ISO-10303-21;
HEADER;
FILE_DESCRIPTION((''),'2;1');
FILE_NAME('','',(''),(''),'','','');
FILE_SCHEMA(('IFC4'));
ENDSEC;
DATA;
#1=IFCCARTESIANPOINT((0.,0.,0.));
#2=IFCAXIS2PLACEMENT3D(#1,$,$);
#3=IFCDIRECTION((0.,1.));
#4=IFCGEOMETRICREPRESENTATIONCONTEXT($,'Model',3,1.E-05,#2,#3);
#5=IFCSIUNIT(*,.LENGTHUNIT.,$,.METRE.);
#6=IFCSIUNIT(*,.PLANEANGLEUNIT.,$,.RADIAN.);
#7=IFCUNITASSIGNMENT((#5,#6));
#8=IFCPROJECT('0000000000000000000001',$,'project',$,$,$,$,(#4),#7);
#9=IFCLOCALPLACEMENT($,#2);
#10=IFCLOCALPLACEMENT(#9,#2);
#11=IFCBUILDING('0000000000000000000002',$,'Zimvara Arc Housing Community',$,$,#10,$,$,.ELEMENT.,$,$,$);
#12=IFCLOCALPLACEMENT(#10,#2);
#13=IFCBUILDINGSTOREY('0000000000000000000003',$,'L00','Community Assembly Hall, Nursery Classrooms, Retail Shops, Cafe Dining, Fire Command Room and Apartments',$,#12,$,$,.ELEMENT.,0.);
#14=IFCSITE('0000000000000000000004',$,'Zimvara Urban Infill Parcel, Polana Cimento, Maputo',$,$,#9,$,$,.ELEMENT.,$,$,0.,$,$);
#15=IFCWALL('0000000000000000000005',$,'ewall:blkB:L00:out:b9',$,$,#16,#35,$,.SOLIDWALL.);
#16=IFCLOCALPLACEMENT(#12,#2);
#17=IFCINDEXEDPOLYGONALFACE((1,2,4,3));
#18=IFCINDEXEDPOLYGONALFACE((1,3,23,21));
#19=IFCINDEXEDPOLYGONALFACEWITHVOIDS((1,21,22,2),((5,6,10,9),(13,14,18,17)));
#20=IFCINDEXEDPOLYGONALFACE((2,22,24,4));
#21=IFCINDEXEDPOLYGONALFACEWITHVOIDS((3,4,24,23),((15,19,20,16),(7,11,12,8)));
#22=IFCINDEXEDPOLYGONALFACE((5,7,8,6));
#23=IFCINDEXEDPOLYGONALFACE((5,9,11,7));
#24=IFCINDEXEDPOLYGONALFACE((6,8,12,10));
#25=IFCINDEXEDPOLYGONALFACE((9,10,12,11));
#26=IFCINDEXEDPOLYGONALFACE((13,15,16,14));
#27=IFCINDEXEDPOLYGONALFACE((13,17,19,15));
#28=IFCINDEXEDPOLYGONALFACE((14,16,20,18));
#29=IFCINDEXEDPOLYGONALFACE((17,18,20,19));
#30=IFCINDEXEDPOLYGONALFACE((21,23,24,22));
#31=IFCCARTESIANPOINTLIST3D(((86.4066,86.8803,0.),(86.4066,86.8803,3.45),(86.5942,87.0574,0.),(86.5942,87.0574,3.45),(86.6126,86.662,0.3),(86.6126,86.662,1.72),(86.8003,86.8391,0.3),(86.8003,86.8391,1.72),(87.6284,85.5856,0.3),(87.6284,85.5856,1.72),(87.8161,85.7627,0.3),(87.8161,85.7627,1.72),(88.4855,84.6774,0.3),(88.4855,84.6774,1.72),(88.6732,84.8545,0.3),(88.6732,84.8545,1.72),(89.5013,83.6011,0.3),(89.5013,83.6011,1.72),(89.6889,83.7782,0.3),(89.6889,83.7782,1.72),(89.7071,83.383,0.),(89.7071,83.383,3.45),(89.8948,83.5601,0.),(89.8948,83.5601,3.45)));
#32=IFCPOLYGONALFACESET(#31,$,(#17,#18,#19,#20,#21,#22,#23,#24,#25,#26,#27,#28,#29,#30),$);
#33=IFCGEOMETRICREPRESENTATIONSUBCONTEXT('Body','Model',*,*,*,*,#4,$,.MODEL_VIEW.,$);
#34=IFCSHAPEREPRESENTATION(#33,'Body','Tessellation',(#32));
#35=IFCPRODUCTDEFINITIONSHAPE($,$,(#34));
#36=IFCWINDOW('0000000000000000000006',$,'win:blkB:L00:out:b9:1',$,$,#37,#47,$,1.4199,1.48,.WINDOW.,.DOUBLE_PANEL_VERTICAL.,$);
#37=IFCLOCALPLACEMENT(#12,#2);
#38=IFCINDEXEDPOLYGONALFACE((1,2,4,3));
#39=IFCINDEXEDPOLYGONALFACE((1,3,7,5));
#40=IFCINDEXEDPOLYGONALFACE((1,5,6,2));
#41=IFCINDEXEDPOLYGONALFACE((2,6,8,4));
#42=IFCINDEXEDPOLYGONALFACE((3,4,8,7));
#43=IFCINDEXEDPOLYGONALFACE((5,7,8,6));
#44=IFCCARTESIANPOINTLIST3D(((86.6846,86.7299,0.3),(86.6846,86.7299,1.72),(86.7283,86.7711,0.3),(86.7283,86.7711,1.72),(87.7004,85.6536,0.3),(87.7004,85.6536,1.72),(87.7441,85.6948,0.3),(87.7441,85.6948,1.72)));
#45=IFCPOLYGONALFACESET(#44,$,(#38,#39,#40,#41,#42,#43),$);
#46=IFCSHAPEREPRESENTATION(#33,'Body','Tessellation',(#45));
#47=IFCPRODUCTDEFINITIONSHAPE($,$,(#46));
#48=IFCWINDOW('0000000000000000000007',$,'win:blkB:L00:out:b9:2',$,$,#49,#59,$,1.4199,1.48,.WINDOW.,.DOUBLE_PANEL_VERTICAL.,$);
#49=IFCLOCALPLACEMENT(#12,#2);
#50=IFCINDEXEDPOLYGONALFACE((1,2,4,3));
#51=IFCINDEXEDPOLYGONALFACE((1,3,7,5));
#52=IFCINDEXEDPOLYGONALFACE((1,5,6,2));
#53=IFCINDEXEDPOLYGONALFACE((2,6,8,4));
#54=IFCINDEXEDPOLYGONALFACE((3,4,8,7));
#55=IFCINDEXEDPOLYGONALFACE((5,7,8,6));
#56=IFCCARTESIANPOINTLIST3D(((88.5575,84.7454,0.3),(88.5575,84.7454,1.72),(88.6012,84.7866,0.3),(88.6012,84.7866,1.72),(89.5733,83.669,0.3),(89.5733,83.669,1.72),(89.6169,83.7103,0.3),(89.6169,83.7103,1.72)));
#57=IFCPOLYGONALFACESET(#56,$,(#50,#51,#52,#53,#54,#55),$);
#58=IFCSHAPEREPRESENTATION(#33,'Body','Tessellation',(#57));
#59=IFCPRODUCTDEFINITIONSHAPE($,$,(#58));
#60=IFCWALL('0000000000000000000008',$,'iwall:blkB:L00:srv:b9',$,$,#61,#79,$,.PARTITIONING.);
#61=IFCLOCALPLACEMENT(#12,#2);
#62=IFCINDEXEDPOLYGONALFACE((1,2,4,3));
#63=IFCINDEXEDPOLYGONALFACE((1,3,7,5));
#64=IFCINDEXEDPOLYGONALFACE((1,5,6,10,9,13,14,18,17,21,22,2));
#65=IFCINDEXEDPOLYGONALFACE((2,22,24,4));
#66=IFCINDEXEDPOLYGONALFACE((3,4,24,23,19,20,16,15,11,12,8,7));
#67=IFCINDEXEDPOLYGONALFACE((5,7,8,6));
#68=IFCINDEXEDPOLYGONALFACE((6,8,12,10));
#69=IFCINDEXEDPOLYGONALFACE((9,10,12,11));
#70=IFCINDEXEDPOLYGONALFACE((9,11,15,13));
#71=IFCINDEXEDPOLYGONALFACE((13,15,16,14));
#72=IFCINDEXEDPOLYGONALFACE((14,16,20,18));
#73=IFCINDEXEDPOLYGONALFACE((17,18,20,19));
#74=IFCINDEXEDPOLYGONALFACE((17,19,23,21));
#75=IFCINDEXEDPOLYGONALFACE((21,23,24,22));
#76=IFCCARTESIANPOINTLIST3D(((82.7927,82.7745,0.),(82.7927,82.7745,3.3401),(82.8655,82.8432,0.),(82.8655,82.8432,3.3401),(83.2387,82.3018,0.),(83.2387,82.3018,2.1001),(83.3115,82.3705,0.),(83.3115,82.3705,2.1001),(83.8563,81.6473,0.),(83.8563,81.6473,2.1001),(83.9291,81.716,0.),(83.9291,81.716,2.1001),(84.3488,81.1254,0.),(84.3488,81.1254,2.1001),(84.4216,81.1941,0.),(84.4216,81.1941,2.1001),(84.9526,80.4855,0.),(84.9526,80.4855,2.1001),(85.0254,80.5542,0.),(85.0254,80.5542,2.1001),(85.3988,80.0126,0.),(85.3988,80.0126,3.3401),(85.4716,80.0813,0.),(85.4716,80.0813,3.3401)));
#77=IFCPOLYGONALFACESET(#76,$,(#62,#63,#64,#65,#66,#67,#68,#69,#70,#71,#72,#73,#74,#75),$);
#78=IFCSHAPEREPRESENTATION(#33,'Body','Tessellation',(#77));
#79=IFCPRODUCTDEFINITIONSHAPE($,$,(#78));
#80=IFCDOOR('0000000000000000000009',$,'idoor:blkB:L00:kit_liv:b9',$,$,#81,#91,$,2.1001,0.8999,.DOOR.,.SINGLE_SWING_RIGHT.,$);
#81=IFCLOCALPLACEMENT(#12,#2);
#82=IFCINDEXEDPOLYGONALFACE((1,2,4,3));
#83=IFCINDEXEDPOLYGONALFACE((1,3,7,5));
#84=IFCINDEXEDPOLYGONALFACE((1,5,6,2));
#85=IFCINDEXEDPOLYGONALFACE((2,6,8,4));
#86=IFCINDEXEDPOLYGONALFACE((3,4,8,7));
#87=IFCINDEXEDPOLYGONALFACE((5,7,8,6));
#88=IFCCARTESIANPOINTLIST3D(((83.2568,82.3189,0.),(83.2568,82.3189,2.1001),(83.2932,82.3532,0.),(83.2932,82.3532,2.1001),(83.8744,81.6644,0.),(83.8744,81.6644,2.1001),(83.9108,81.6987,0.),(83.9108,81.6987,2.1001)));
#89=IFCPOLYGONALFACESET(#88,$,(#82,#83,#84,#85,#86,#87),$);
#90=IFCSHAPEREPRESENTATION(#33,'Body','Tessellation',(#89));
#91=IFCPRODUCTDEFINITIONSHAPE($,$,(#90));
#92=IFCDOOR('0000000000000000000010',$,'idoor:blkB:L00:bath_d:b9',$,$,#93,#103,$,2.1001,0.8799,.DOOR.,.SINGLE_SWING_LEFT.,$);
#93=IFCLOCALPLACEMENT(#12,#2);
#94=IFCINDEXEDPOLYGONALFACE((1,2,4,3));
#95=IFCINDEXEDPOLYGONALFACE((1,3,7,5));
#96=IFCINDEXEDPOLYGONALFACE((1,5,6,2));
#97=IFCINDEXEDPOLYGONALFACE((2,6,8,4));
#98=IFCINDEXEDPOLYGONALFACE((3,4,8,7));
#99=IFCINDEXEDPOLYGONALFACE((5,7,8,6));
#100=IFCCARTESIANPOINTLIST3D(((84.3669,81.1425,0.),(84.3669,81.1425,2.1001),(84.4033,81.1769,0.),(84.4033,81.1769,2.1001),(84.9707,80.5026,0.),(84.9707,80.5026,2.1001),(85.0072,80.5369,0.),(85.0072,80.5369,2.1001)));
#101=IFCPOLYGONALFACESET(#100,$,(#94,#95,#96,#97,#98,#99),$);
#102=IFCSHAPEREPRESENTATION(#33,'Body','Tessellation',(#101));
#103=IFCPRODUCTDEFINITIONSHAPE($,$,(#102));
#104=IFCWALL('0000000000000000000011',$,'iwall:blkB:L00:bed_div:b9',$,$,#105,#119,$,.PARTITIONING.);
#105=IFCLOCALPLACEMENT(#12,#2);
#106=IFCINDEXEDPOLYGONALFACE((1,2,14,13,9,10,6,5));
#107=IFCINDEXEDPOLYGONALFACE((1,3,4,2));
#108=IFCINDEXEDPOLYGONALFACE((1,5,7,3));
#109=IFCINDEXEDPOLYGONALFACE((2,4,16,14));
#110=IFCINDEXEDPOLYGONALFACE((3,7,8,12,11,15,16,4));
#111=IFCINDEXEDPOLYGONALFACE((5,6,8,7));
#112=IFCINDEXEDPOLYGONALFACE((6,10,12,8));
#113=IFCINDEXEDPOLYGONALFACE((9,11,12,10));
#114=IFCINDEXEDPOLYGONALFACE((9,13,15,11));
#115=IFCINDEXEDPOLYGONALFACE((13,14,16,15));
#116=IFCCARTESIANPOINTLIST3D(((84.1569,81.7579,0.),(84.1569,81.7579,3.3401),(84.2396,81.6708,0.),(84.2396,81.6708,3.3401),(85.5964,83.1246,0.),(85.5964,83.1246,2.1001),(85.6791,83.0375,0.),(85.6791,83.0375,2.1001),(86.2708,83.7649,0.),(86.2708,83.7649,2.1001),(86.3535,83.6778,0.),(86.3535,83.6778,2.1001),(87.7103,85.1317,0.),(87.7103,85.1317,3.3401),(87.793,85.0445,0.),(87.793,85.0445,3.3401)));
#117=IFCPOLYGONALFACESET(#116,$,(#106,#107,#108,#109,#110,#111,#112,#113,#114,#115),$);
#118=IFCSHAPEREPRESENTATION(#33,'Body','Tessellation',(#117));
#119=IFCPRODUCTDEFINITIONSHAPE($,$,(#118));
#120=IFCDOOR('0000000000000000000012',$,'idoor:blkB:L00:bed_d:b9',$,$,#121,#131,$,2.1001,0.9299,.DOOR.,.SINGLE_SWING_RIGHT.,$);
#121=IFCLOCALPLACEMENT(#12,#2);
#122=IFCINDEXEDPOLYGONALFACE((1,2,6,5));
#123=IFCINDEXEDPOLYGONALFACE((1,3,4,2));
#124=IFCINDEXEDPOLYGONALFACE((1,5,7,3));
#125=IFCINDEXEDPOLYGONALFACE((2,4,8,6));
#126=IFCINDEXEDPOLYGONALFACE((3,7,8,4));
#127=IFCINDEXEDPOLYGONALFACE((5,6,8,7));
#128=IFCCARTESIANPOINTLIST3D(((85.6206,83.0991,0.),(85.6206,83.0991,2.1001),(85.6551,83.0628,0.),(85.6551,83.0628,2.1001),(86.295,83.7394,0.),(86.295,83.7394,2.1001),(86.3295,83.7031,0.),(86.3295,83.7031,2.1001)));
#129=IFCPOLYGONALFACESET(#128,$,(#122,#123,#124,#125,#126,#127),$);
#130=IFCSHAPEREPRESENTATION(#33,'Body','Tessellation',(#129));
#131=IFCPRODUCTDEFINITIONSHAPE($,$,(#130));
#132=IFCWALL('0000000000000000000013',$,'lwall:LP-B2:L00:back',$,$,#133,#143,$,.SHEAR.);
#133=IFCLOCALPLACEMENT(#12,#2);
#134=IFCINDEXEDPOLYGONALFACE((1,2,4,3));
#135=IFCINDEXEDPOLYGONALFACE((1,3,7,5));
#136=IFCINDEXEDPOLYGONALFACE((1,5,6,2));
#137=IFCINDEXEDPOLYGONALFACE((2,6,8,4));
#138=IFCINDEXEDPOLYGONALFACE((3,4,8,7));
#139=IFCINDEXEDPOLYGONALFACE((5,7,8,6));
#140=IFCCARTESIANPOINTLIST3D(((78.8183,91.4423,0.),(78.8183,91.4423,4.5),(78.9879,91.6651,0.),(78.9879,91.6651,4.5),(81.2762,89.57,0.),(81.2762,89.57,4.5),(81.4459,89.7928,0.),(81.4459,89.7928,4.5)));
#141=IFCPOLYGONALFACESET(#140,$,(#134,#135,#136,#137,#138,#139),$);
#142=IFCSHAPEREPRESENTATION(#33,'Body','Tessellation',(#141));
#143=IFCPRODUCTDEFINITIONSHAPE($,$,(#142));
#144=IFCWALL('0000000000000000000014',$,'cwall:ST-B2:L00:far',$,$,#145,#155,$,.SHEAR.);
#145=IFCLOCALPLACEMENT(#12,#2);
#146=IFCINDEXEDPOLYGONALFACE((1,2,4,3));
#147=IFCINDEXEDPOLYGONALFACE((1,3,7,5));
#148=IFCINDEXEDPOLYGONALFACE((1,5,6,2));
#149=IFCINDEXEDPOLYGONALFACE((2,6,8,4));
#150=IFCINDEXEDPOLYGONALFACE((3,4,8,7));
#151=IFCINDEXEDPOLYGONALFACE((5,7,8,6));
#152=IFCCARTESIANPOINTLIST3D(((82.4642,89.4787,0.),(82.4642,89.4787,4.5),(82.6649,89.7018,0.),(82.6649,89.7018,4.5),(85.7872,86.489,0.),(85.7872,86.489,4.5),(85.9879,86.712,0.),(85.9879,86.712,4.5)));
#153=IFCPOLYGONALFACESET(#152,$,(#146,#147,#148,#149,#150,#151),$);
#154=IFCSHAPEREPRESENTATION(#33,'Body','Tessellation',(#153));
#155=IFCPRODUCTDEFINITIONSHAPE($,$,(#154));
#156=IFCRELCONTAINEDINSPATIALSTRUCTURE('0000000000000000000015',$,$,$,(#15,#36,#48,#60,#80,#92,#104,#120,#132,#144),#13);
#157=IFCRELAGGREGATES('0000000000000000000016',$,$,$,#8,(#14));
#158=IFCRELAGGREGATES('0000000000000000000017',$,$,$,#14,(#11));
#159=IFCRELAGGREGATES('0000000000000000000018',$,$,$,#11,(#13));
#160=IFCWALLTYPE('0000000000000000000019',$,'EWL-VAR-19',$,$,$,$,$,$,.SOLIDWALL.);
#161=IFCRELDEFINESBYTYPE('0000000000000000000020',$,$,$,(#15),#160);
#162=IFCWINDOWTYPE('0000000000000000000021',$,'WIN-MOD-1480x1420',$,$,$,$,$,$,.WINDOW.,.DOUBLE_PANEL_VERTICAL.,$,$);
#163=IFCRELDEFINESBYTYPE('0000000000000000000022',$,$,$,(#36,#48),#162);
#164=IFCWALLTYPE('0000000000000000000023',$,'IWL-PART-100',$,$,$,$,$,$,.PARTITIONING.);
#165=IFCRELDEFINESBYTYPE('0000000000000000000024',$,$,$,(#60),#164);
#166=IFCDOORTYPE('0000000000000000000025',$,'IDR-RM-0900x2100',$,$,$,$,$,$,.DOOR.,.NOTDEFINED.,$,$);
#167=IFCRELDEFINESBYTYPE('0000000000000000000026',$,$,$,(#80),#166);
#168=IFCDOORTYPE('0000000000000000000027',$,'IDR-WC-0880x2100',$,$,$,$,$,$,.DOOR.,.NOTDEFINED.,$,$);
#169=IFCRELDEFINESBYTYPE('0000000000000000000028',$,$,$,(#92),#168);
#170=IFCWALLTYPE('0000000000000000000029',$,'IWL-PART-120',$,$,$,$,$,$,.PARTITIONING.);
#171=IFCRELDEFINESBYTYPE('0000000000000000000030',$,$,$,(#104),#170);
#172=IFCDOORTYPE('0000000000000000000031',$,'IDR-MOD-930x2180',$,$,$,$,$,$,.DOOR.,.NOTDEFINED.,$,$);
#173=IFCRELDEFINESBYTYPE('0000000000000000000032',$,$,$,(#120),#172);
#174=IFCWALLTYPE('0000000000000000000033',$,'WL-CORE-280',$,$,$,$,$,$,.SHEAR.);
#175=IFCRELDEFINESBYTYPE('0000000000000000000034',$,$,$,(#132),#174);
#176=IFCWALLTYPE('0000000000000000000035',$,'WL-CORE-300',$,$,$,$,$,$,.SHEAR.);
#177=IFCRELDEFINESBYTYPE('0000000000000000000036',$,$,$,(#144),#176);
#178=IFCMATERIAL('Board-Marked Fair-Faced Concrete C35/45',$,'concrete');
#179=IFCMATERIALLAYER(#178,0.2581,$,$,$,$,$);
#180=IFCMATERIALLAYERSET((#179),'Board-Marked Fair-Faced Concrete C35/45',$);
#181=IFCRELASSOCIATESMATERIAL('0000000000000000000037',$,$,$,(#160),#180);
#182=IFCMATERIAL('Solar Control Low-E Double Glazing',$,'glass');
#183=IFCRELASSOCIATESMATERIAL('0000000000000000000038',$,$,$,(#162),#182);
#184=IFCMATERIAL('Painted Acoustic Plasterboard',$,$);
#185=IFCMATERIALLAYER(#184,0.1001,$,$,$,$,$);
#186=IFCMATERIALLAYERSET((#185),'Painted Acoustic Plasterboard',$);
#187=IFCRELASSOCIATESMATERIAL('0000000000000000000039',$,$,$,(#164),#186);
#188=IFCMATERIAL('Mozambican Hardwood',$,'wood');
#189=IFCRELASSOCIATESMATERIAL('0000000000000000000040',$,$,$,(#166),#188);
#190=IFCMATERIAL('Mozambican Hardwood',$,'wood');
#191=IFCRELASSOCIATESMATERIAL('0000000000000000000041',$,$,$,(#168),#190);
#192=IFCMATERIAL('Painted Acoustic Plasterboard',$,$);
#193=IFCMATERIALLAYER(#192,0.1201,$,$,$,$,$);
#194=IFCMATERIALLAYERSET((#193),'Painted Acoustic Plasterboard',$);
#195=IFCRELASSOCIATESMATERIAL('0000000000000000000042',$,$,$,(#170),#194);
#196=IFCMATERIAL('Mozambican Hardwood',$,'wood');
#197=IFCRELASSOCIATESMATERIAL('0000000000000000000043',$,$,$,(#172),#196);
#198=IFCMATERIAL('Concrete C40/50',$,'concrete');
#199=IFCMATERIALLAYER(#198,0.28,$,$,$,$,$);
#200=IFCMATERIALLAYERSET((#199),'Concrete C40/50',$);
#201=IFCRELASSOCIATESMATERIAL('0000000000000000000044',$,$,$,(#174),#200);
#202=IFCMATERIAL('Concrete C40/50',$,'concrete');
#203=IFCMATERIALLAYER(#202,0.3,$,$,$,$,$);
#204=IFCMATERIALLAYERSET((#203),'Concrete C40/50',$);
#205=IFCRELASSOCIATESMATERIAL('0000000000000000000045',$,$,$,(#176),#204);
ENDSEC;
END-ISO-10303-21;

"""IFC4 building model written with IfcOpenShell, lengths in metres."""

from ifc_helpers import new_model, si_unit, direction, frame, frame_2d, origin, place, context, subcontext, project, spatial, rectangle, extrude, material, layer, layer_set, type_object, element, fill, save


model = new_model("IFC4")

# Units and contexts
model_context = context("Model", 3, precision=1e-05, world=origin(), true_north=direction((0.0, 1.0)))
body_context = subcontext(model_context, "Body", "Model", "MODEL_VIEW")
ifc_project = project(units=[si_unit("LENGTHUNIT", "METRE"), si_unit("PLANEANGLEUNIT", "RADIAN")], contexts=[model_context])

# Site, building, storey
site_placement = place(None, origin())
site = spatial("IfcSite", under=ifc_project, at=site_placement, Name="Zimvara Urban Infill Parcel, Polana Cimento, Maputo", CompositionType="ELEMENT", RefElevation=0.0)
building_placement = place(site_placement, origin())
building = spatial("IfcBuilding", under=site, at=building_placement, Name="Zimvara Arc Housing Community", CompositionType="ELEMENT")
storey_placement = place(building_placement, origin())
storey = spatial("IfcBuildingStorey", under=building, at=storey_placement, Name="L00", Description="Community Assembly Hall, Nursery Classrooms, Retail Shops, Cafe Dining, Fire Command Room and Apartments", CompositionType="ELEMENT", Elevation=0.0)

# Wall, openings, windows
ifc_material_1 = material(Name="Board-Marked Fair-Faced Concrete C35/45", Category="concrete")
ifc_layer_1 = layer(ifc_material_1, 0.2581)
ifc_layer_set_1 = layer_set([ifc_layer_1], Name="Board-Marked Fair-Faced Concrete C35/45")
wall_type_1 = type_object("IfcWallType", Name="EWL-VAR-19", PredefinedType="SOLIDWALL", material=ifc_layer_set_1)
wall_1_placement = place(storey_placement, frame((86.5005, 86.9688, 0.0), z_axis=(0.0, 0.0, 1.0), x_axis=(0.686351, -0.727271, 0.0)))
wall_1 = element("IfcWall", 1, at=wall_1_placement, inside=storey, type_object=wall_type_1, Name="ewall:blkB:L00:out:b9", PredefinedType="SOLIDWALL", context=body_context, shape_type="SweptSolid", body=[
    extrude(rectangle(XDim=4.8088, YDim=0.2581, at=frame_2d((2.4043, 0.0))), origin(), (0.0, 0.0, 1.0), 3.45),
])
opening_1_placement = place(wall_1_placement, frame((0.3, 0.0, 0.3)))
opening_1 = element("IfcOpeningElement", 2, at=opening_1_placement, cuts=wall_1, PredefinedType="OPENING", context=body_context, shape_type="SweptSolid", body=[
    extrude(rectangle(XDim=1.48, YDim=1.4199, at=frame_2d((0.74, 0.71))), frame((0.0, 0.1389, 0.0), z_axis=(0.0, -1.0, 0.0), x_axis=(1.0, 0.0, 0.0)), (0.0, 0.0, 1.0), 0.2781),
])
opening_2_placement = place(wall_1_placement, frame((3.0288, 0.0, 0.3)))
opening_2 = element("IfcOpeningElement", 3, at=opening_2_placement, cuts=wall_1, PredefinedType="OPENING", context=body_context, shape_type="SweptSolid", body=[
    extrude(rectangle(XDim=1.48, YDim=1.4199, at=frame_2d((0.74, 0.71))), frame((0.0, 0.1389, 0.0), z_axis=(0.0, -1.0, 0.0), x_axis=(1.0, 0.0, 0.0)), (0.0, 0.0, 1.0), 0.2781),
])
ifc_material_2 = material(Name="Solar Control Low-E Double Glazing", Category="glass")
window_type = type_object("IfcWindowType", Name="WIN-MOD-1480x1420", PartitioningType="DOUBLE_PANEL_VERTICAL", PredefinedType="WINDOW", material=ifc_material_2)
window_1_placement = place(opening_1_placement, origin())
window_1 = element("IfcWindow", 4, at=window_1_placement, inside=storey, type_object=window_type, Name="win:blkB:L00:out:b9:1", OverallHeight=1.4199, OverallWidth=1.48, PartitioningType="DOUBLE_PANEL_VERTICAL", PredefinedType="WINDOW", context=body_context, shape_type="SweptSolid", body=[
    extrude(rectangle(XDim=1.48, YDim=1.4199, at=frame_2d((0.74, 0.71))), frame((0.0, 0.03, 0.0), z_axis=(0.0, -1.0, 0.0), x_axis=(1.0, 0.0, 0.0)), (0.0, 0.0, 1.0), 0.0601),
])
fill(opening_1, window_1)
window_2_placement = place(opening_2_placement, origin())
window_2 = element("IfcWindow", 5, at=window_2_placement, inside=storey, type_object=window_type, Name="win:blkB:L00:out:b9:2", OverallHeight=1.4199, OverallWidth=1.48, PartitioningType="DOUBLE_PANEL_VERTICAL", PredefinedType="WINDOW", context=body_context, shape_type="SweptSolid", body=[
    extrude(rectangle(XDim=1.48, YDim=1.4199, at=frame_2d((0.74, 0.71))), frame((0.0, 0.03, 0.0), z_axis=(0.0, -1.0, 0.0), x_axis=(1.0, 0.0, 0.0)), (0.0, 0.0, 1.0), 0.0601),
])
fill(opening_2, window_2)

# Wall, openings, doors
ifc_material_3 = material(Name="Painted Acoustic Plasterboard")
ifc_layer_2 = layer(ifc_material_3, 0.1001)
ifc_layer_set_2 = layer_set([ifc_layer_2], Name="Painted Acoustic Plasterboard")
wall_type_2 = type_object("IfcWallType", Name="IWL-PART-100", PredefinedType="PARTITIONING", material=ifc_layer_set_2)
wall_2_placement = place(storey_placement, frame((82.8291, 82.8088, 0.0), z_axis=(0.0, 0.0, 1.0), x_axis=(0.686301, -0.727318, 0.0)))
wall_2 = element("IfcWall", 6, at=wall_2_placement, inside=storey, type_object=wall_type_2, Name="iwall:blkB:L00:srv:b9", PredefinedType="PARTITIONING", context=body_context, shape_type="SweptSolid", body=[
    extrude(rectangle(XDim=3.7974, YDim=0.1001, at=frame_2d((1.8987, 0.0))), origin(), (0.0, 0.0, 1.0), 3.3401),
])
opening_3_placement = place(wall_2_placement, frame((0.6499, 0.0, 0.0)))
opening_3 = element("IfcOpeningElement", 7, at=opening_3_placement, cuts=wall_2, PredefinedType="OPENING", context=body_context, shape_type="SweptSolid", body=[
    extrude(rectangle(XDim=0.8999, YDim=2.1001, at=frame_2d((0.45, 1.05))), frame((0.0, 0.0601, 0.0), z_axis=(0.0, -1.0, 0.0), x_axis=(1.0, 0.0, 0.0)), (0.0, 0.0, 1.0), 0.1201),
])
opening_4_placement = place(wall_2_placement, frame((2.2673, 0.0, 0.0)))
opening_4 = element("IfcOpeningElement", 8, at=opening_4_placement, cuts=wall_2, PredefinedType="OPENING", context=body_context, shape_type="SweptSolid", body=[
    extrude(rectangle(XDim=0.8799, YDim=2.1001, at=frame_2d((0.4399, 1.05))), frame((0.0, 0.0601, 0.0), z_axis=(0.0, -1.0, 0.0), x_axis=(1.0, 0.0, 0.0)), (0.0, 0.0, 1.0), 0.1201),
])
ifc_material_4 = material(Name="Mozambican Hardwood", Category="wood")
door_type_1 = type_object("IfcDoorType", Name="IDR-RM-0900x2100", OperationType="NOTDEFINED", PredefinedType="DOOR", material=ifc_material_4)
door_1_placement = place(opening_3_placement, origin())
door_1 = element("IfcDoor", 9, at=door_1_placement, inside=storey, type_object=door_type_1, Name="idoor:blkB:L00:kit_liv:b9", OperationType="SINGLE_SWING_RIGHT", OverallHeight=2.1001, OverallWidth=0.8999, PredefinedType="DOOR", context=body_context, shape_type="SweptSolid", body=[
    extrude(rectangle(XDim=0.8999, YDim=2.1001, at=frame_2d((0.45, 1.05))), frame((0.0, 0.0249, 0.0), z_axis=(0.0, -1.0, 0.0), x_axis=(1.0, 0.0, 0.0)), (0.0, 0.0, 1.0), 0.05),
])
fill(opening_3, door_1)
ifc_material_5 = material(Name="Mozambican Hardwood", Category="wood")
door_type_2 = type_object("IfcDoorType", Name="IDR-WC-0880x2100", OperationType="NOTDEFINED", PredefinedType="DOOR", material=ifc_material_5)
door_2_placement = place(opening_4_placement, origin())
door_2 = element("IfcDoor", 10, at=door_2_placement, inside=storey, type_object=door_type_2, Name="idoor:blkB:L00:bath_d:b9", OperationType="SINGLE_SWING_LEFT", OverallHeight=2.1001, OverallWidth=0.8799, PredefinedType="DOOR", context=body_context, shape_type="SweptSolid", body=[
    extrude(rectangle(XDim=0.8799, YDim=2.1001, at=frame_2d((0.4399, 1.05))), frame((0.0, 0.0249, 0.0), z_axis=(0.0, -1.0, 0.0), x_axis=(1.0, 0.0, 0.0)), (0.0, 0.0, 1.0), 0.05),
])
fill(opening_4, door_2)

# Wall, opening, door
ifc_material_6 = material(Name="Painted Acoustic Plasterboard")
ifc_layer_3 = layer(ifc_material_6, 0.1201)
ifc_layer_set_3 = layer_set([ifc_layer_3], Name="Painted Acoustic Plasterboard")
wall_type_3 = type_object("IfcWallType", Name="IWL-PART-120", PredefinedType="PARTITIONING", material=ifc_layer_set_3)
wall_3_placement = place(storey_placement, frame((84.1982, 81.7144, 0.0), z_axis=(0.0, 0.0, 1.0), x_axis=(0.725205, 0.688533, 0.0)))
wall_3 = element("IfcWall", 11, at=wall_3_placement, inside=storey, type_object=wall_type_3, Name="iwall:blkB:L00:bed_div:b9", PredefinedType="PARTITIONING", context=body_context, shape_type="SweptSolid", body=[
    extrude(rectangle(XDim=4.8999, YDim=0.1201, at=frame_2d((2.45, 0.0))), origin(), (0.0, 0.0, 1.0), 3.3401),
])
opening_5_placement = place(wall_3_placement, frame((1.9851, 0.0, 0.0)))
opening_5 = element("IfcOpeningElement", 12, at=opening_5_placement, cuts=wall_3, PredefinedType="OPENING", context=body_context, shape_type="SweptSolid", body=[
    extrude(rectangle(XDim=0.9299, YDim=2.1001, at=frame_2d((0.4648, 1.05))), frame((0.0, 0.0701, 0.0), z_axis=(0.0, -1.0, 0.0), x_axis=(1.0, 0.0, 0.0)), (0.0, 0.0, 1.0), 0.1401),
])
ifc_material_7 = material(Name="Mozambican Hardwood", Category="wood")
door_type_3 = type_object("IfcDoorType", Name="IDR-MOD-930x2180", OperationType="NOTDEFINED", PredefinedType="DOOR", material=ifc_material_7)
door_3_placement = place(opening_5_placement, origin())
door_3 = element("IfcDoor", 13, at=door_3_placement, inside=storey, type_object=door_type_3, Name="idoor:blkB:L00:bed_d:b9", OperationType="SINGLE_SWING_RIGHT", OverallHeight=2.1001, OverallWidth=0.9299, PredefinedType="DOOR", context=body_context, shape_type="SweptSolid", body=[
    extrude(rectangle(XDim=0.9299, YDim=2.1001, at=frame_2d((0.4648, 1.05))), frame((0.0, 0.0249, 0.0), z_axis=(0.0, -1.0, 0.0), x_axis=(1.0, 0.0, 0.0)), (0.0, 0.0, 1.0), 0.05),
])
fill(opening_5, door_3)

# Walls
ifc_material_8 = material(Name="Concrete C40/50", Category="concrete")
ifc_layer_4 = layer(ifc_material_8, 0.28)
ifc_layer_set_4 = layer_set([ifc_layer_4], Name="Concrete C40/50")
wall_type_4 = type_object("IfcWallType", Name="WL-CORE-280", PredefinedType="SHEAR", material=ifc_layer_set_4)
wall_4_placement = place(storey_placement, frame((81.3611, 89.6814, 0.0), z_axis=(0.0, 0.0, 1.0), x_axis=(-0.795502, 0.60595, 0.0)))
element("IfcWall", 14, at=wall_4_placement, inside=storey, type_object=wall_type_4, Name="lwall:LP-B2:L00:back", PredefinedType="SHEAR", context=body_context, shape_type="SweptSolid", body=[
    extrude(rectangle(XDim=3.0898, YDim=0.28, at=frame_2d((1.5449, 0.0))), origin(), (0.0, 0.0, 1.0), 4.5),
])
ifc_material_9 = material(Name="Concrete C40/50", Category="concrete")
ifc_layer_5 = layer(ifc_material_9, 0.3)
ifc_layer_set_5 = layer_set([ifc_layer_5], Name="Concrete C40/50")
wall_type_5 = type_object("IfcWallType", Name="WL-CORE-300", PredefinedType="SHEAR", material=ifc_layer_set_5)
wall_5_placement = place(storey_placement, frame((85.8875, 86.6006, 0.0), z_axis=(0.0, 0.0, 1.0), x_axis=(-0.7434, 0.668847, 0.0)))
element("IfcWall", 15, at=wall_5_placement, inside=storey, type_object=wall_type_5, Name="cwall:ST-B2:L00:far", PredefinedType="SHEAR", context=body_context, shape_type="SweptSolid", body=[
    extrude(rectangle(XDim=4.47, YDim=0.3, at=frame_2d((2.2349, 0.0))), origin(), (0.0, 0.0, 1.0), 4.5),
])

save(model, "model.ifc")
